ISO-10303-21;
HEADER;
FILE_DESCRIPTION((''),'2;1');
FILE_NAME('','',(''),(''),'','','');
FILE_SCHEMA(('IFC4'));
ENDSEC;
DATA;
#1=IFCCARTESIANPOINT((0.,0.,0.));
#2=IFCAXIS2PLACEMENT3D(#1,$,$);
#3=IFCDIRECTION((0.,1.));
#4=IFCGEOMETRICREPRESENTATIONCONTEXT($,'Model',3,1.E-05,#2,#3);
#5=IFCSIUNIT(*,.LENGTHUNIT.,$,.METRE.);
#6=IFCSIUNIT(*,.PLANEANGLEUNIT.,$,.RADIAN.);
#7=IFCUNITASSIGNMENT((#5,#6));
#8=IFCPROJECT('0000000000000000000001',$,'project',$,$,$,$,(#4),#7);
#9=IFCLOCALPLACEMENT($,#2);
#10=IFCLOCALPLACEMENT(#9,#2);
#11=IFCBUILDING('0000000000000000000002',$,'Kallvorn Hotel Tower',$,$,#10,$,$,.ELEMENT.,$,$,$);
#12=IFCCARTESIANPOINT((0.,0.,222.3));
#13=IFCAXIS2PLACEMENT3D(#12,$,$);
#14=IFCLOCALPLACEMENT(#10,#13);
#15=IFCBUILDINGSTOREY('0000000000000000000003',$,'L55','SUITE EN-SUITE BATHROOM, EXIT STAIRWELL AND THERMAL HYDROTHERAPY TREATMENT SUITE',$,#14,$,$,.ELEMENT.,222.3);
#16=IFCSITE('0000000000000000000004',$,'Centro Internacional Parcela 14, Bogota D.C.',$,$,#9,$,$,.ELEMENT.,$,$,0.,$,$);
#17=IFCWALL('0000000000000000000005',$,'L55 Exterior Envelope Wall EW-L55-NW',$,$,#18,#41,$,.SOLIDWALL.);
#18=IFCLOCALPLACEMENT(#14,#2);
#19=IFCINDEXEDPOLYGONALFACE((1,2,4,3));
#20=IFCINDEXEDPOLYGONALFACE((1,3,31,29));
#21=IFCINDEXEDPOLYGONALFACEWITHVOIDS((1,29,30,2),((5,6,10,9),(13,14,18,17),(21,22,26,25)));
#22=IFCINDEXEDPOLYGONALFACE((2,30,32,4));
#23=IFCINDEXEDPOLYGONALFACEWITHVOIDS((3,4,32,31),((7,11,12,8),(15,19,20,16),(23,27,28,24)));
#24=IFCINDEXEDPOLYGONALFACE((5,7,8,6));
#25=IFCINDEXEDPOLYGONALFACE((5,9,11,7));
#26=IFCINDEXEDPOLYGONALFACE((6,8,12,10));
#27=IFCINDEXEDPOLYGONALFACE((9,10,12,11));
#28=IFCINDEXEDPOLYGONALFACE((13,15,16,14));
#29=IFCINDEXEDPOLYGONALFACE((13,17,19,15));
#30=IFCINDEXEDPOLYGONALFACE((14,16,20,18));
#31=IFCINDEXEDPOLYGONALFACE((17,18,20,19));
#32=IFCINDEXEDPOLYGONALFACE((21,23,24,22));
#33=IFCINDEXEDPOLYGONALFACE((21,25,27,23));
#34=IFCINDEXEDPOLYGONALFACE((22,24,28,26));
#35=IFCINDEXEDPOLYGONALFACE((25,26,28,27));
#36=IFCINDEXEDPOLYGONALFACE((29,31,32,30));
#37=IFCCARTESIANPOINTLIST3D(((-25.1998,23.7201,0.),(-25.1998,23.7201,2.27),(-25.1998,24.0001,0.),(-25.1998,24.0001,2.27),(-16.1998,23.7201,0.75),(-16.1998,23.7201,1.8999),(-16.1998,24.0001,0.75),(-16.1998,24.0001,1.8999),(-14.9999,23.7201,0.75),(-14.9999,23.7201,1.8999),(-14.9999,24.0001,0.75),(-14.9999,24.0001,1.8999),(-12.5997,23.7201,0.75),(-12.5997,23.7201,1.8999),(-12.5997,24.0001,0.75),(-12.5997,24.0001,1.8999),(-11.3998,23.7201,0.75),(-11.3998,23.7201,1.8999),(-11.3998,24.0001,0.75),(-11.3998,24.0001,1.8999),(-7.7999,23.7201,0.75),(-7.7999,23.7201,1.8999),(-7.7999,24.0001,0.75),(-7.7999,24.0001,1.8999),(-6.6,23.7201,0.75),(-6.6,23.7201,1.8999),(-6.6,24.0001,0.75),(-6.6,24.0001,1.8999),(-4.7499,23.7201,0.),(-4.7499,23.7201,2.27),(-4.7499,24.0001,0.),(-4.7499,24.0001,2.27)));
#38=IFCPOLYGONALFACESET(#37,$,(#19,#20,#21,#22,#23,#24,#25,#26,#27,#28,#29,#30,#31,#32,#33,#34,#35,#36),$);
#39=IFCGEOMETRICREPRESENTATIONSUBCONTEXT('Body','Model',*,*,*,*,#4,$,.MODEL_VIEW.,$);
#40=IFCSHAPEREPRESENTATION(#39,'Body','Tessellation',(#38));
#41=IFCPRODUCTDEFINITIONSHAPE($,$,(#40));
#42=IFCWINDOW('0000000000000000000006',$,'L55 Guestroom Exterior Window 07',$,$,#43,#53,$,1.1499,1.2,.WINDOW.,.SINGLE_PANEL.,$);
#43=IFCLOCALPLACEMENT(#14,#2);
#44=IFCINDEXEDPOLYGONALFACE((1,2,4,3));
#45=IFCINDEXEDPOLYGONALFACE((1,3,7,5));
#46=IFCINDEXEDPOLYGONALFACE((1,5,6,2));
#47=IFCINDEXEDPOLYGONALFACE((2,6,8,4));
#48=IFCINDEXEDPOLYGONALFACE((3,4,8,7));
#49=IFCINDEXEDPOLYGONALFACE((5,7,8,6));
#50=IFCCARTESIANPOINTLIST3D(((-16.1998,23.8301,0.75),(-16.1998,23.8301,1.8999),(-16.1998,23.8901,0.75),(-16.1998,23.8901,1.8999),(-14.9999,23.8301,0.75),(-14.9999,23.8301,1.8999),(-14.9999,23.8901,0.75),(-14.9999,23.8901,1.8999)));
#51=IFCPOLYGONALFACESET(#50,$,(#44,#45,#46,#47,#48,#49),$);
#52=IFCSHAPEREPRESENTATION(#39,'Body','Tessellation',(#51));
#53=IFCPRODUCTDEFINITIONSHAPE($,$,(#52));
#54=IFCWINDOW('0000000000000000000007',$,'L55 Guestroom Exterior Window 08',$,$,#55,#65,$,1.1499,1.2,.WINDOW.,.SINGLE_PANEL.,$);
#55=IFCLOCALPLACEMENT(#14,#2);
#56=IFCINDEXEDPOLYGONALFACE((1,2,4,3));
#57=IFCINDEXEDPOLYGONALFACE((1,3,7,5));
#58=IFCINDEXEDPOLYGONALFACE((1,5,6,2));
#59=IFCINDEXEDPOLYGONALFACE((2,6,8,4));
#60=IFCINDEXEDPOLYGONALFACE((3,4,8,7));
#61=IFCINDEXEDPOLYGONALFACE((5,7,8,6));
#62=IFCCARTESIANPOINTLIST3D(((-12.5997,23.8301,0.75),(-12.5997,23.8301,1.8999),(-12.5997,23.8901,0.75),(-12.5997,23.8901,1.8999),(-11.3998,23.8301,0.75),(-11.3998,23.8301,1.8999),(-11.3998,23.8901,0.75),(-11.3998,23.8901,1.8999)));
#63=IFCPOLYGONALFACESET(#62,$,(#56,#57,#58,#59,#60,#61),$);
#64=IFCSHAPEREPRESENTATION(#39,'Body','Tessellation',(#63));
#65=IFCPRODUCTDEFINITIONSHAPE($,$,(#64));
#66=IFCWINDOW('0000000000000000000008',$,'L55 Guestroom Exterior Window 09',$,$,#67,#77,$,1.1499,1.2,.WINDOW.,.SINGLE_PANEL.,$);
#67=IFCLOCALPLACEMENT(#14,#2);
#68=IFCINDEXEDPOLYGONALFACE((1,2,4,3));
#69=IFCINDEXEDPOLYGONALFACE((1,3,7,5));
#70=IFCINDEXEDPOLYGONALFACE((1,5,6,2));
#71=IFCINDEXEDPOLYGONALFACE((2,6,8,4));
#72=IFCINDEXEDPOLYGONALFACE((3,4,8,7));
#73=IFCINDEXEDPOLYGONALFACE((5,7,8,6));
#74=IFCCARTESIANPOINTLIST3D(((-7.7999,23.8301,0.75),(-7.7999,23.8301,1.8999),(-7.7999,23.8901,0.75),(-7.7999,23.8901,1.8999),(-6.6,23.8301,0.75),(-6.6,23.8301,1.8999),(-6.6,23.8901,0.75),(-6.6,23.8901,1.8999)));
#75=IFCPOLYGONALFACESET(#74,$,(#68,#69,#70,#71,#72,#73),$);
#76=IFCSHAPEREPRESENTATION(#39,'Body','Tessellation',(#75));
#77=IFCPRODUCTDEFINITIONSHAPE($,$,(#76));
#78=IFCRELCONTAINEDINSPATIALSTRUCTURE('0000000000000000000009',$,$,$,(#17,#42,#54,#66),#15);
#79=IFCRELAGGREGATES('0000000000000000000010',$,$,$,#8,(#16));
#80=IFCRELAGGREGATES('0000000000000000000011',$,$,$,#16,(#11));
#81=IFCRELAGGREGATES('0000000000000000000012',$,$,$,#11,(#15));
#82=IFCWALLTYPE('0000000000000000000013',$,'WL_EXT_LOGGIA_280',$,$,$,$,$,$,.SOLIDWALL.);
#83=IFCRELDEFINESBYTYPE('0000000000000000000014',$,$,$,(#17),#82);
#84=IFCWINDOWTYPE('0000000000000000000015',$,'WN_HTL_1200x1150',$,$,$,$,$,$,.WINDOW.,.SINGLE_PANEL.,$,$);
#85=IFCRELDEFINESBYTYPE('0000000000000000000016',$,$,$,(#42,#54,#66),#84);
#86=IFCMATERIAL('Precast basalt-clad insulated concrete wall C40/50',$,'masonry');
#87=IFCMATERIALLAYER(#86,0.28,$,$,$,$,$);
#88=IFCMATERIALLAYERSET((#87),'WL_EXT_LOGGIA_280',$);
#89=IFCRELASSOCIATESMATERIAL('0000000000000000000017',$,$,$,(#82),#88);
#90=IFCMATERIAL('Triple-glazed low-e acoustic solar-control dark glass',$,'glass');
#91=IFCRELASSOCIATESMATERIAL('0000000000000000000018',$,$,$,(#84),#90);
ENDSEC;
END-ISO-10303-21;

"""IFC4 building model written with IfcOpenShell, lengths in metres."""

from ifc_helpers import new_model, si_unit, direction, frame, frame_2d, origin, place, context, subcontext, project, spatial, rectangle, extrude, material, layer, layer_set, type_object, element, fill, save


model = new_model("IFC4")

# Units and contexts
model_context = context("Model", 3, precision=1e-05, world=origin(), true_north=direction((0.0, 1.0)))
body_context = subcontext(model_context, "Body", "Model", "MODEL_VIEW")
ifc_project = project(units=[si_unit("LENGTHUNIT", "METRE"), si_unit("PLANEANGLEUNIT", "RADIAN")], contexts=[model_context])

# Site, building, storey
site_placement = place(None, origin())
site = spatial("IfcSite", under=ifc_project, at=site_placement, Name="Centro Internacional Parcela 14, Bogota D.C.", CompositionType="ELEMENT", RefElevation=0.0)
building_placement = place(site_placement, origin())
building = spatial("IfcBuilding", under=site, at=building_placement, Name="Kallvorn Hotel Tower", CompositionType="ELEMENT")
storey_placement = place(building_placement, frame((0.0, 0.0, 222.3)))
storey = spatial("IfcBuildingStorey", under=building, at=storey_placement, Name="L55", Description="SUITE EN-SUITE BATHROOM, EXIT STAIRWELL AND THERMAL HYDROTHERAPY TREATMENT SUITE", CompositionType="ELEMENT", Elevation=222.3)

# Shared definitions
ifc_material_1 = material(Name="Precast basalt-clad insulated concrete wall C40/50", Category="masonry")
ifc_layer_1 = layer(ifc_material_1, 0.28)
ifc_layer_set_1 = layer_set([ifc_layer_1], Name="WL_EXT_LOGGIA_280")
wall_type = type_object("IfcWallType", Name="WL_EXT_LOGGIA_280", PredefinedType="SOLIDWALL", material=ifc_layer_set_1)

# Wall, openings, windows
wall_1_placement = place(storey_placement, frame((-25.2, 23.8601, 0.0), z_axis=(0.0, 0.0, 1.0), x_axis=(1.0, 0.0, 0.0)))
wall_1 = element("IfcWall", 1, at=wall_1_placement, inside=storey, type_object=wall_type, Name="L55 Exterior Envelope Wall EW-L55-NW", PredefinedType="SOLIDWALL", context=body_context, shape_type="SweptSolid", body=[
    extrude(rectangle(XDim=20.45, YDim=0.28, at=frame_2d((10.2251, 0.0))), origin(), (0.0, 0.0, 1.0), 2.27),
])
opening_1_placement = place(wall_1_placement, frame((9.0, 0.0, 0.75)))
opening_1 = element("IfcOpeningElement", 2, at=opening_1_placement, cuts=wall_1, PredefinedType="OPENING", context=body_context, shape_type="SweptSolid", body=[
    extrude(rectangle(XDim=1.2, YDim=1.1499, at=frame_2d((0.6001, 0.575))), frame((0.0, 0.155, 0.0), z_axis=(0.0, -1.0, 0.0), x_axis=(1.0, 0.0, 0.0)), (0.0, 0.0, 1.0), 0.3101),
])
opening_2_placement = place(wall_1_placement, frame((12.6001, 0.0, 0.75)))
opening_2 = element("IfcOpeningElement", 3, at=opening_2_placement, cuts=wall_1, PredefinedType="OPENING", context=body_context, shape_type="SweptSolid", body=[
    extrude(rectangle(XDim=1.2, YDim=1.1499, at=frame_2d((0.6001, 0.575))), frame((0.0, 0.155, 0.0), z_axis=(0.0, -1.0, 0.0), x_axis=(1.0, 0.0, 0.0)), (0.0, 0.0, 1.0), 0.3101),
])
opening_3_placement = place(wall_1_placement, frame((17.3999, 0.0, 0.75)))
opening_3 = element("IfcOpeningElement", 4, at=opening_3_placement, cuts=wall_1, PredefinedType="OPENING", context=body_context, shape_type="SweptSolid", body=[
    extrude(rectangle(XDim=1.2, YDim=1.1499, at=frame_2d((0.6001, 0.575))), frame((0.0, 0.155, 0.0), z_axis=(0.0, -1.0, 0.0), x_axis=(1.0, 0.0, 0.0)), (0.0, 0.0, 1.0), 0.3101),
])
ifc_material_2 = material(Name="Triple-glazed low-e acoustic solar-control dark glass", Category="glass")
window_type = type_object("IfcWindowType", Name="WN_HTL_1200x1150", PartitioningType="SINGLE_PANEL", PredefinedType="WINDOW", material=ifc_material_2)
window_1_placement = place(opening_1_placement, origin())
window_1 = element("IfcWindow", 5, at=window_1_placement, inside=storey, type_object=window_type, Name="L55 Guestroom Exterior Window 07", OverallHeight=1.1499, OverallWidth=1.2, PartitioningType="SINGLE_PANEL", PredefinedType="WINDOW", context=body_context, shape_type="SweptSolid", body=[
    extrude(rectangle(XDim=1.2, YDim=1.1499, at=frame_2d((0.6001, 0.575))), frame((0.0, 0.03, 0.0), z_axis=(0.0, -1.0, 0.0), x_axis=(1.0, 0.0, 0.0)), (0.0, 0.0, 1.0), 0.0601),
])
fill(opening_1, window_1)
window_2_placement = place(opening_2_placement, origin())
window_2 = element("IfcWindow", 6, at=window_2_placement, inside=storey, type_object=window_type, Name="L55 Guestroom Exterior Window 08", OverallHeight=1.1499, OverallWidth=1.2, PartitioningType="SINGLE_PANEL", PredefinedType="WINDOW", context=body_context, shape_type="SweptSolid", body=[
    extrude(rectangle(XDim=1.2, YDim=1.1499, at=frame_2d((0.6001, 0.575))), frame((0.0, 0.03, 0.0), z_axis=(0.0, -1.0, 0.0), x_axis=(1.0, 0.0, 0.0)), (0.0, 0.0, 1.0), 0.0601),
])
fill(opening_2, window_2)
window_3_placement = place(opening_3_placement, origin())
window_3 = element("IfcWindow", 7, at=window_3_placement, inside=storey, type_object=window_type, Name="L55 Guestroom Exterior Window 09", OverallHeight=1.1499, OverallWidth=1.2, PartitioningType="SINGLE_PANEL", PredefinedType="WINDOW", context=body_context, shape_type="SweptSolid", body=[
    extrude(rectangle(XDim=1.2, YDim=1.1499, at=frame_2d((0.6001, 0.575))), frame((0.0, 0.03, 0.0), z_axis=(0.0, -1.0, 0.0), x_axis=(1.0, 0.0, 0.0)), (0.0, 0.0, 1.0), 0.0601),
])
fill(opening_3, window_3)

save(model, "model.ifc")
